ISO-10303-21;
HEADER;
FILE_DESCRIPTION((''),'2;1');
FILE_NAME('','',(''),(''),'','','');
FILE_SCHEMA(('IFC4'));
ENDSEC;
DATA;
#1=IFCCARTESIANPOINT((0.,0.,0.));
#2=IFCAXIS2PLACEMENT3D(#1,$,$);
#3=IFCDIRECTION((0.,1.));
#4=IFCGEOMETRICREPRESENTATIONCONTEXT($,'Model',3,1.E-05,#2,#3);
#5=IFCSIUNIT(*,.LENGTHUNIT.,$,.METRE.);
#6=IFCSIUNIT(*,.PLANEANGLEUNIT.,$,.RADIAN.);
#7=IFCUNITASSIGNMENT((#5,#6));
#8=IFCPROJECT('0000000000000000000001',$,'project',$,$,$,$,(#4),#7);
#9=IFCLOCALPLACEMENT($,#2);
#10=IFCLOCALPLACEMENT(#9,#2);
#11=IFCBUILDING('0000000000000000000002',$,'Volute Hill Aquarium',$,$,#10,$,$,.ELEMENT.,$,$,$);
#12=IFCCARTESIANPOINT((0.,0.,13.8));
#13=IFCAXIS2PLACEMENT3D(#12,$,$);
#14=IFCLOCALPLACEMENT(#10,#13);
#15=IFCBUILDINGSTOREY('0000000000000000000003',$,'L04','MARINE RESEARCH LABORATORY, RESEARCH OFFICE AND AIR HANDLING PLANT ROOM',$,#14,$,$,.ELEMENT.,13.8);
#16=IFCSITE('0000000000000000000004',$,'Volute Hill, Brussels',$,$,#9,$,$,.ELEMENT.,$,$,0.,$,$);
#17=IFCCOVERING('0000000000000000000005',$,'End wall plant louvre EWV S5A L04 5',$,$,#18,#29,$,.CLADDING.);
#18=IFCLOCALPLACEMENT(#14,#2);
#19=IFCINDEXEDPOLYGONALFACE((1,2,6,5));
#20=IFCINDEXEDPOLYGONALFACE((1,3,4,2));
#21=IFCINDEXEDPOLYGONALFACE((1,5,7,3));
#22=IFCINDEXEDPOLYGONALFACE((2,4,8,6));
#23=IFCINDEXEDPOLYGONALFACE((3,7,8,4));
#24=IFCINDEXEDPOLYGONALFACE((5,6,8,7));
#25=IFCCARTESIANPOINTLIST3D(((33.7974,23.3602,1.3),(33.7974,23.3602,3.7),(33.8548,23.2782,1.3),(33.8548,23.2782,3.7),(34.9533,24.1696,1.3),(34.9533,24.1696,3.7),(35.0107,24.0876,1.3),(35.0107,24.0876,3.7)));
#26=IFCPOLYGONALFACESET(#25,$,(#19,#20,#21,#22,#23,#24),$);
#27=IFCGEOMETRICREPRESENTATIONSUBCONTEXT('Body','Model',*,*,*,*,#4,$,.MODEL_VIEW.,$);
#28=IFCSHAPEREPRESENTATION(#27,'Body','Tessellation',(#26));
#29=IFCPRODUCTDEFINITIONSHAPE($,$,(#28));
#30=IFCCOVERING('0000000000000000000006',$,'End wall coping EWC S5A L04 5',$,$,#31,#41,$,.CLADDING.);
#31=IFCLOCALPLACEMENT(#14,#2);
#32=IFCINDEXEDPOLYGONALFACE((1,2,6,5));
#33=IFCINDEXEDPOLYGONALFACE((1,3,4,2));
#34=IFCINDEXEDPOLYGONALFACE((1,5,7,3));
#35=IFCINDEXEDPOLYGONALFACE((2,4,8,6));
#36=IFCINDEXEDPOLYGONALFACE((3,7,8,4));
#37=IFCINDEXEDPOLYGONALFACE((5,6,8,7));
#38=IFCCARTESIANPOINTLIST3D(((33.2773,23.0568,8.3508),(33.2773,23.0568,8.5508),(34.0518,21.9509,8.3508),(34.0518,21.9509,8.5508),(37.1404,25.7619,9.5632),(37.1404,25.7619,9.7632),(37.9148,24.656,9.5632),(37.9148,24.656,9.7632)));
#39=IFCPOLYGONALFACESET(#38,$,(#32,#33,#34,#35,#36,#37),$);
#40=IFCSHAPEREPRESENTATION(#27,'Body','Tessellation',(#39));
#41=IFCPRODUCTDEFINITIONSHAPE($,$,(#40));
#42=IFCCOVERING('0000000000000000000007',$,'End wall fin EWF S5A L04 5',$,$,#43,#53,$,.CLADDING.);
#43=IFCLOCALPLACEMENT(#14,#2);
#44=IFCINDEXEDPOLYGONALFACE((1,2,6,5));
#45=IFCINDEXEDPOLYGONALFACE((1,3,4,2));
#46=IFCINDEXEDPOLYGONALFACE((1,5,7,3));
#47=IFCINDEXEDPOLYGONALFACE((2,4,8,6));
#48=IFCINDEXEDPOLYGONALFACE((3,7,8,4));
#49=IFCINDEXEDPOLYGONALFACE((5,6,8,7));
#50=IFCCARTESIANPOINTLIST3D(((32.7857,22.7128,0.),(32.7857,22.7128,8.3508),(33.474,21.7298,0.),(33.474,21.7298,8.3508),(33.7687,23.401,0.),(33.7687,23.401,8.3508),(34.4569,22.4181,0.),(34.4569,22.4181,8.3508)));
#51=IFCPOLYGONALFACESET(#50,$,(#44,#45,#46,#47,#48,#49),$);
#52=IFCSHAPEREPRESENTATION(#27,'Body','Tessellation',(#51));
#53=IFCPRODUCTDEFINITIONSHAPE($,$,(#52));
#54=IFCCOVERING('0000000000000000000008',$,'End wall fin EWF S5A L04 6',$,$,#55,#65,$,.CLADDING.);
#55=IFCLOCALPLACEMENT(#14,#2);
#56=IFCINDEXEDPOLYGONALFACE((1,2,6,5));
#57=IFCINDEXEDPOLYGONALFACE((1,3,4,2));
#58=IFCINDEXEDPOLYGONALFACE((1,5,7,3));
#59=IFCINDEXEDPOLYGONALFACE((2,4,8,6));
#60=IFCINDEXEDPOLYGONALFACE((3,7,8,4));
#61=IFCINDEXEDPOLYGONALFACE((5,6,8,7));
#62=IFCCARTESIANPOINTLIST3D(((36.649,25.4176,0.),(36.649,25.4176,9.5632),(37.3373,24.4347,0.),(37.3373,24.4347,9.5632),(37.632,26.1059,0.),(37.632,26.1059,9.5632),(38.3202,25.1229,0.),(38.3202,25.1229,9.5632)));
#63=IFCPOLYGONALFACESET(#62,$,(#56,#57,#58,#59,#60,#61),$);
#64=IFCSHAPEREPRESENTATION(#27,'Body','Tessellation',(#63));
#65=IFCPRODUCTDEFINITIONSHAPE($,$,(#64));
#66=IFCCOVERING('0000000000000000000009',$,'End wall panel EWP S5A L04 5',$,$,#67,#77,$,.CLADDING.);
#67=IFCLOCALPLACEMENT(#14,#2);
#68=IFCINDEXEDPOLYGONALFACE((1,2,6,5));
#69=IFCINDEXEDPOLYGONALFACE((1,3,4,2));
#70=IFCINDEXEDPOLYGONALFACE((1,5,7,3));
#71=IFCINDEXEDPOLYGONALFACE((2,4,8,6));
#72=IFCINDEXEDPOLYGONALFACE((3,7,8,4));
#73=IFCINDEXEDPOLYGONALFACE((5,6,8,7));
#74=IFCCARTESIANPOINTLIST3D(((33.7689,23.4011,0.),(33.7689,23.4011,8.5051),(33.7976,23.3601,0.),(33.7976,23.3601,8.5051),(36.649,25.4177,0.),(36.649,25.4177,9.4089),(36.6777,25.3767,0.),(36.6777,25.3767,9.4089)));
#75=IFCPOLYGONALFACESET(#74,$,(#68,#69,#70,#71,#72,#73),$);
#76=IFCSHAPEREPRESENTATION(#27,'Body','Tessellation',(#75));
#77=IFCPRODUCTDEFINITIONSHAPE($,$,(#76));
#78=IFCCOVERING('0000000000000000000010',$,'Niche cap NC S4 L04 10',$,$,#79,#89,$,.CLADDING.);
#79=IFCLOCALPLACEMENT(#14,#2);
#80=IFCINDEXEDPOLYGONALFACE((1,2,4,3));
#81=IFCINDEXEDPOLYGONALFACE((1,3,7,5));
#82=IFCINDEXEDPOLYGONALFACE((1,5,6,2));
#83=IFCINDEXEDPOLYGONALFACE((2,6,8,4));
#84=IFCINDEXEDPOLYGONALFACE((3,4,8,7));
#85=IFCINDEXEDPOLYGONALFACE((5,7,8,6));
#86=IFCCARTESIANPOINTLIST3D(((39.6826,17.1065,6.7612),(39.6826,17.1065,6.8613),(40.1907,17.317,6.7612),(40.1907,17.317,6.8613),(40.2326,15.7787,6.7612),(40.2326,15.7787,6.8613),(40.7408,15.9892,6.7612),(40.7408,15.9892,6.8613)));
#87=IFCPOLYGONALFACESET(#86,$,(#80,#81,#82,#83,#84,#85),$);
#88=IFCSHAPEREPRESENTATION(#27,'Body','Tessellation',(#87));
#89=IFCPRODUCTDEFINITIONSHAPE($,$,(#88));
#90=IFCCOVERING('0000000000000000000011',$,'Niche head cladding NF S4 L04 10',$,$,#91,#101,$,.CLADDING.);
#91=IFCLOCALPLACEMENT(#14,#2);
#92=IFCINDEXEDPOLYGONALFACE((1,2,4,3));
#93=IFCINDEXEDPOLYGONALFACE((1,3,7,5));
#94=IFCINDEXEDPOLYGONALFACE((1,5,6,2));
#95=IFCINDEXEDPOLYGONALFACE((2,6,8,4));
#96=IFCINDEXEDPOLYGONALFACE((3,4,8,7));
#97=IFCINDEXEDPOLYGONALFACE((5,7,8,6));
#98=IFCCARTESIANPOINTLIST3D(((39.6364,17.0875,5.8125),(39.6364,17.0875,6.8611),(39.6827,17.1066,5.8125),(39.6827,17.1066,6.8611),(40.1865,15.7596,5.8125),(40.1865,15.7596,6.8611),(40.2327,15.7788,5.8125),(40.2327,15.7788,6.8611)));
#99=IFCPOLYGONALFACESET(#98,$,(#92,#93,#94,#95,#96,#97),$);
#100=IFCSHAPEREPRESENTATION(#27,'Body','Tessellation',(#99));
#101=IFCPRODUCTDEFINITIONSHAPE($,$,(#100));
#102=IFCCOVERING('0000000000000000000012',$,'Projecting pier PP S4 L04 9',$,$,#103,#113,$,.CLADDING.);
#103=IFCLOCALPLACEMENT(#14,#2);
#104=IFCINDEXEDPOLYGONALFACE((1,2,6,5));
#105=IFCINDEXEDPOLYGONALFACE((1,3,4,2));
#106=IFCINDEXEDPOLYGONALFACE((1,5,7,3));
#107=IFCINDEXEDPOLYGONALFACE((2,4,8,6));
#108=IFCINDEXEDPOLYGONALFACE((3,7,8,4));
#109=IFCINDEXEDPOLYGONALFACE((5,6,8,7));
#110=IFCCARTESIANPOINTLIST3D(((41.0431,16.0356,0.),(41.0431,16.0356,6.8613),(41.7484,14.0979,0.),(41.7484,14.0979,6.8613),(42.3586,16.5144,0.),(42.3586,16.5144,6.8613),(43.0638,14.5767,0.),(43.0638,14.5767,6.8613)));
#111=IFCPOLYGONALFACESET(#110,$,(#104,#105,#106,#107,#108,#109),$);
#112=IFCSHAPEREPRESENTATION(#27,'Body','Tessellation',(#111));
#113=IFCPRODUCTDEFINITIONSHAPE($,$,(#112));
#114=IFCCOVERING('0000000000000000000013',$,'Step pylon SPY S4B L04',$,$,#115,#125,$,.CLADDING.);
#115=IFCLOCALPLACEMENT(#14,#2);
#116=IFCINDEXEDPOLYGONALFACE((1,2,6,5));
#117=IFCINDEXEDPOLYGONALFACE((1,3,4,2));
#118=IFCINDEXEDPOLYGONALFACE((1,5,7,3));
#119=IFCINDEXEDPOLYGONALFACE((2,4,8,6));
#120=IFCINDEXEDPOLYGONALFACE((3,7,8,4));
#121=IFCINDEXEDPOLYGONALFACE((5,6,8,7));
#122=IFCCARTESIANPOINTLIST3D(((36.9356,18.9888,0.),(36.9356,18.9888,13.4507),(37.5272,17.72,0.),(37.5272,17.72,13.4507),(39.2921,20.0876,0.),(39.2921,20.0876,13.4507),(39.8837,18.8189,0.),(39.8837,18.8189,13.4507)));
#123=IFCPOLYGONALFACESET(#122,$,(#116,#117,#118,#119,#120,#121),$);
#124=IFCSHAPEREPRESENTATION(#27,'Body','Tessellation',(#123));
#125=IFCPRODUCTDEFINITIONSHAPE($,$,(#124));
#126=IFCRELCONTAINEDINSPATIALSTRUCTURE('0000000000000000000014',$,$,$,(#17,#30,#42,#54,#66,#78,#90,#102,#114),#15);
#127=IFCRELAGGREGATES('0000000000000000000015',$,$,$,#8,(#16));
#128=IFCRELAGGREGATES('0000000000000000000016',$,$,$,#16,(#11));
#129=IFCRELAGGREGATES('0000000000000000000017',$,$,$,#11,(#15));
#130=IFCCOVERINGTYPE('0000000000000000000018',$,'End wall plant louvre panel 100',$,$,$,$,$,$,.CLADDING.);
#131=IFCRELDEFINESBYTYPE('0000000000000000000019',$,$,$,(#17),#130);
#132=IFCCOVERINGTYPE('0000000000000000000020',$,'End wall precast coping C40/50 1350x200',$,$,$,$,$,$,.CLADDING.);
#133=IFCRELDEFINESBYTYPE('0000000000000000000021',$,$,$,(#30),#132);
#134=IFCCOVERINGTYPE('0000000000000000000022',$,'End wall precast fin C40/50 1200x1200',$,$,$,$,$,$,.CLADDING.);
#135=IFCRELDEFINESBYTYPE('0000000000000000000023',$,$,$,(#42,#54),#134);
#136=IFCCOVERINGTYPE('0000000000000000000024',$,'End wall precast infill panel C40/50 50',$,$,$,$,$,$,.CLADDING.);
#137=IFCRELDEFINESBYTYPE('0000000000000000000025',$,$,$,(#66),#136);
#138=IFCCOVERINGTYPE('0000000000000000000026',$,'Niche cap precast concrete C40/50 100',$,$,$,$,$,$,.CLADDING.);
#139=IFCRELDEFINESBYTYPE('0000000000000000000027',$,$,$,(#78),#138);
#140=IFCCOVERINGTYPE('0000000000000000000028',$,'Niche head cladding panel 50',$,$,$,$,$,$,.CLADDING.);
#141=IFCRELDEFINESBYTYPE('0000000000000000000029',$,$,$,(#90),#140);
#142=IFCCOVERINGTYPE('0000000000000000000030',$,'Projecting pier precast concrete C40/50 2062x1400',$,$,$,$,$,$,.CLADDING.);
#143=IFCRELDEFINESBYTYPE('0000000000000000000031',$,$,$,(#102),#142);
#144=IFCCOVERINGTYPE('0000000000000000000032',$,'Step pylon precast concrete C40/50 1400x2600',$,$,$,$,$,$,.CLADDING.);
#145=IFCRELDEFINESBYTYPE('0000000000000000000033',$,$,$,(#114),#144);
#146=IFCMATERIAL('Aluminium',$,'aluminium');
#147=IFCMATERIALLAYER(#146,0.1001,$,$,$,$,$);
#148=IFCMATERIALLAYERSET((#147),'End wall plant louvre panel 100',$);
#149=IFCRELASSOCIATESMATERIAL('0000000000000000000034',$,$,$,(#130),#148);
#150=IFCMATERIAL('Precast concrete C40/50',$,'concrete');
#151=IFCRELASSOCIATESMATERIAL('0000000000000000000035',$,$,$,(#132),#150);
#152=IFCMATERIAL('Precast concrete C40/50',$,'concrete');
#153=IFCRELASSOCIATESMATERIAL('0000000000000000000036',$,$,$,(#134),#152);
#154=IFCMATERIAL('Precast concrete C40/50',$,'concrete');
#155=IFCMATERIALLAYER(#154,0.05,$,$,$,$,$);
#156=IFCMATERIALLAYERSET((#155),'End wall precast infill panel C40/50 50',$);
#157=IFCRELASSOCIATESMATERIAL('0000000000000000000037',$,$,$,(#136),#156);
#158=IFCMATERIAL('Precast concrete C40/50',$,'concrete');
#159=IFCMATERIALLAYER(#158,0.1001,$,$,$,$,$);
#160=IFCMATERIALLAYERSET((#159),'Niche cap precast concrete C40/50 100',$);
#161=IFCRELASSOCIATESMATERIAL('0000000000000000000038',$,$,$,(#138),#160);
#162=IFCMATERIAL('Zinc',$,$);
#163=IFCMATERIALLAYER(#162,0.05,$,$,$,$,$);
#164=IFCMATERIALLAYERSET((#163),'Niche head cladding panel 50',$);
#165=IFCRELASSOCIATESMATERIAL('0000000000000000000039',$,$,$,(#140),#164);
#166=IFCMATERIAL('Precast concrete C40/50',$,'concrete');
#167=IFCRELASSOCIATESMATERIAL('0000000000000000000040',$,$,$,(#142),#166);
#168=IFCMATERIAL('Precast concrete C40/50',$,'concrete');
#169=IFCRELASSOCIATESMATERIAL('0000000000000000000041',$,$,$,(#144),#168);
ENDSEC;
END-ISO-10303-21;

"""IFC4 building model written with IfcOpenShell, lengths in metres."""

from ifc_helpers import new_model, si_unit, direction, frame, origin, origin_2d, place, context, subcontext, project, spatial, polyline, rectangle, outline, extrude, material, layer, layer_set, type_object, element, save


model = new_model("IFC4")

# Units and contexts
model_context = context("Model", 3, precision=1e-05, world=origin(), true_north=direction((0.0, 1.0)))
body_context = subcontext(model_context, "Body", "Model", "MODEL_VIEW")
ifc_project = project(units=[si_unit("LENGTHUNIT", "METRE"), si_unit("PLANEANGLEUNIT", "RADIAN")], contexts=[model_context])

# Site, building, storey
site_placement = place(None, origin())
site = spatial("IfcSite", under=ifc_project, at=site_placement, Name="Volute Hill, Brussels", CompositionType="ELEMENT", RefElevation=0.0)
building_placement = place(site_placement, origin())
building = spatial("IfcBuilding", under=site, at=building_placement, Name="Volute Hill Aquarium", CompositionType="ELEMENT")
storey_placement = place(building_placement, frame((0.0, 0.0, 13.8)))
storey = spatial("IfcBuildingStorey", under=building, at=storey_placement, Name="L04", Description="MARINE RESEARCH LABORATORY, RESEARCH OFFICE AND AIR HANDLING PLANT ROOM", CompositionType="ELEMENT", Elevation=13.8)

# Coverings
ifc_material_1 = material(Name="Aluminium", Category="aluminium")
ifc_layer_1 = layer(ifc_material_1, 0.1001)
ifc_layer_set_1 = layer_set([ifc_layer_1], Name="End wall plant louvre panel 100")
covering_type_1 = type_object("IfcCoveringType", Name="End wall plant louvre panel 100", PredefinedType="CLADDING", material=ifc_layer_set_1)
covering_1_placement = place(storey_placement, frame((34.4041, 23.7239, 1.3), z_axis=(0.0, 0.0, 1.0), x_axis=(0.81915, 0.573579, 0.0)))
element("IfcCovering", 1, at=covering_1_placement, inside=storey, type_object=covering_type_1, Name="End wall plant louvre EWV S5A L04 5", PredefinedType="CLADDING", context=body_context, shape_type="SweptSolid", body=[
    extrude(rectangle(XDim=1.4111, YDim=0.1001, at=origin_2d()), origin(), (0.0, 0.0, 1.0), 2.3999),
])
ifc_material_2 = material(Name="Precast concrete C40/50", Category="concrete")
covering_type_2 = type_object("IfcCoveringType", Name="End wall precast coping C40/50 1350x200", PredefinedType="CLADDING", material=ifc_material_2)
covering_2_placement = place(storey_placement, frame((34.0518, 21.9509, 8.3508), z_axis=(0.573598, -0.819137, 0.0), x_axis=(0.79334, 0.555533, 0.248987)))
element("IfcCovering", 2, at=covering_2_placement, inside=storey, type_object=covering_type_2, Name="End wall coping EWC S5A L04 5", PredefinedType="CLADDING", context=body_context, shape_type="SweptSolid", body=[
    extrude(outline(polyline([(0.0, 0.0), (4.8693, 0.0), (4.9191, 0.1937), (0.0498, 0.1937), (0.0, 0.0)])), origin(), (0.0, 0.0, -1.0), 1.3501),
])
ifc_material_3 = material(Name="Precast concrete C40/50", Category="concrete")
covering_type_3 = type_object("IfcCoveringType", Name="End wall precast fin C40/50 1200x1200", PredefinedType="CLADDING", material=ifc_material_3)
covering_3_placement = place(storey_placement, frame((33.6213, 22.5654, 0.0), z_axis=(0.0, 0.0, 1.0), x_axis=(0.81915, 0.573579, 0.0)))
element("IfcCovering", 3, at=covering_3_placement, inside=storey, type_object=covering_type_3, Name="End wall fin EWF S5A L04 5", PredefinedType="CLADDING", context=body_context, shape_type="SweptSolid", body=[
    extrude(rectangle(XDim=1.2, YDim=1.2, at=origin_2d()), origin(), (0.0, 0.0, 1.0), 8.3508),
])
covering_4_placement = place(storey_placement, frame((37.4846, 25.2703, 0.0), z_axis=(0.0, 0.0, 1.0), x_axis=(0.81915, 0.573579, 0.0)))
element("IfcCovering", 4, at=covering_4_placement, inside=storey, type_object=covering_type_3, Name="End wall fin EWF S5A L04 6", PredefinedType="CLADDING", context=body_context, shape_type="SweptSolid", body=[
    extrude(rectangle(XDim=1.2, YDim=1.2, at=origin_2d()), origin(), (0.0, 0.0, 1.0), 9.5632),
])
ifc_material_4 = material(Name="Precast concrete C40/50", Category="concrete")
ifc_layer_2 = layer(ifc_material_4, 0.05)
ifc_layer_set_2 = layer_set([ifc_layer_2], Name="End wall precast infill panel C40/50 50")
covering_type_4 = type_object("IfcCoveringType", Name="End wall precast infill panel C40/50 50", PredefinedType="CLADDING", material=ifc_layer_set_2)
covering_5_placement = place(storey_placement, frame((33.7976, 23.3601, 0.0), z_axis=(0.57356, -0.819163, 0.0), x_axis=(0.819163, 0.57356, 0.0)))
element("IfcCovering", 5, at=covering_5_placement, inside=storey, type_object=covering_type_4, Name="End wall panel EWP S5A L04 5", PredefinedType="CLADDING", context=body_context, shape_type="SweptSolid", body=[
    extrude(outline(polyline([(0.0, 0.0), (3.5159, 0.0), (3.5159, 9.4089), (0.0, 8.5051), (0.0, 0.0)])), origin(), (0.0, 0.0, -1.0), 0.05),
])

# Coverings
ifc_material_5 = material(Name="Precast concrete C40/50", Category="concrete")
ifc_layer_3 = layer(ifc_material_5, 0.1001)
ifc_layer_set_3 = layer_set([ifc_layer_3], Name="Niche cap precast concrete C40/50 100")
covering_type_5 = type_object("IfcCoveringType", Name="Niche cap precast concrete C40/50 100", PredefinedType="CLADDING", material=ifc_layer_set_3)
covering_6_placement = place(storey_placement, frame((40.2117, 16.5479, 6.7612), z_axis=(0.0, 0.0, 1.0), x_axis=(-0.382696, 0.923874, 0.0)))
element("IfcCovering", 6, at=covering_6_placement, inside=storey, type_object=covering_type_5, Name="Niche cap NC S4 L04 10", PredefinedType="CLADDING", context=body_context, shape_type="SweptSolid", body=[
    extrude(rectangle(XDim=1.4373, YDim=0.55, at=origin_2d()), origin(), (0.0, 0.0, 1.0), 0.1001),
])
ifc_material_6 = material(Name="Zinc")
ifc_layer_4 = layer(ifc_material_6, 0.05)
ifc_layer_set_4 = layer_set([ifc_layer_4], Name="Niche head cladding panel 50")
covering_type_6 = type_object("IfcCoveringType", Name="Niche head cladding panel 50", PredefinedType="CLADDING", material=ifc_layer_set_4)
covering_7_placement = place(storey_placement, frame((39.9346, 16.4331, 5.8125), z_axis=(0.0, 0.0, 1.0), x_axis=(-0.382696, 0.923874, 0.0)))
element("IfcCovering", 7, at=covering_7_placement, inside=storey, type_object=covering_type_6, Name="Niche head cladding NF S4 L04 10", PredefinedType="CLADDING", context=body_context, shape_type="SweptSolid", body=[
    extrude(rectangle(XDim=1.4373, YDim=0.05, at=origin_2d()), origin(), (0.0, 0.0, 1.0), 1.0486),
])
ifc_material_7 = material(Name="Precast concrete C40/50", Category="concrete")
covering_type_7 = type_object("IfcCoveringType", Name="Projecting pier precast concrete C40/50 2062x1400", PredefinedType="CLADDING", material=ifc_material_7)
covering_8_placement = place(storey_placement, frame((42.0535, 15.3062, 0.0), z_axis=(0.0, 0.0, 1.0), x_axis=(-0.34202, 0.939693, 0.0)))
element("IfcCovering", 8, at=covering_8_placement, inside=storey, type_object=covering_type_7, Name="Projecting pier PP S4 L04 9", PredefinedType="CLADDING", context=body_context, shape_type="SweptSolid", body=[
    extrude(rectangle(XDim=2.062, YDim=1.3999, at=origin_2d()), origin(), (0.0, 0.0, 1.0), 6.8613),
])
ifc_material_8 = material(Name="Precast concrete C40/50", Category="concrete")
covering_type_8 = type_object("IfcCoveringType", Name="Step pylon precast concrete C40/50 1400x2600", PredefinedType="CLADDING", material=ifc_material_8)
covering_9_placement = place(storey_placement, frame((38.4097, 18.9038, 0.0), z_axis=(0.0, 0.0, 1.0), x_axis=(0.906308, 0.422618, 0.0)))
element("IfcCovering", 9, at=covering_9_placement, inside=storey, type_object=covering_type_8, Name="Step pylon SPY S4B L04", PredefinedType="CLADDING", context=body_context, shape_type="SweptSolid", body=[
    extrude(rectangle(XDim=2.6001, YDim=1.3999, at=origin_2d()), origin(), (0.0, 0.0, 1.0), 13.4507),
])

save(model, "model.ifc")
